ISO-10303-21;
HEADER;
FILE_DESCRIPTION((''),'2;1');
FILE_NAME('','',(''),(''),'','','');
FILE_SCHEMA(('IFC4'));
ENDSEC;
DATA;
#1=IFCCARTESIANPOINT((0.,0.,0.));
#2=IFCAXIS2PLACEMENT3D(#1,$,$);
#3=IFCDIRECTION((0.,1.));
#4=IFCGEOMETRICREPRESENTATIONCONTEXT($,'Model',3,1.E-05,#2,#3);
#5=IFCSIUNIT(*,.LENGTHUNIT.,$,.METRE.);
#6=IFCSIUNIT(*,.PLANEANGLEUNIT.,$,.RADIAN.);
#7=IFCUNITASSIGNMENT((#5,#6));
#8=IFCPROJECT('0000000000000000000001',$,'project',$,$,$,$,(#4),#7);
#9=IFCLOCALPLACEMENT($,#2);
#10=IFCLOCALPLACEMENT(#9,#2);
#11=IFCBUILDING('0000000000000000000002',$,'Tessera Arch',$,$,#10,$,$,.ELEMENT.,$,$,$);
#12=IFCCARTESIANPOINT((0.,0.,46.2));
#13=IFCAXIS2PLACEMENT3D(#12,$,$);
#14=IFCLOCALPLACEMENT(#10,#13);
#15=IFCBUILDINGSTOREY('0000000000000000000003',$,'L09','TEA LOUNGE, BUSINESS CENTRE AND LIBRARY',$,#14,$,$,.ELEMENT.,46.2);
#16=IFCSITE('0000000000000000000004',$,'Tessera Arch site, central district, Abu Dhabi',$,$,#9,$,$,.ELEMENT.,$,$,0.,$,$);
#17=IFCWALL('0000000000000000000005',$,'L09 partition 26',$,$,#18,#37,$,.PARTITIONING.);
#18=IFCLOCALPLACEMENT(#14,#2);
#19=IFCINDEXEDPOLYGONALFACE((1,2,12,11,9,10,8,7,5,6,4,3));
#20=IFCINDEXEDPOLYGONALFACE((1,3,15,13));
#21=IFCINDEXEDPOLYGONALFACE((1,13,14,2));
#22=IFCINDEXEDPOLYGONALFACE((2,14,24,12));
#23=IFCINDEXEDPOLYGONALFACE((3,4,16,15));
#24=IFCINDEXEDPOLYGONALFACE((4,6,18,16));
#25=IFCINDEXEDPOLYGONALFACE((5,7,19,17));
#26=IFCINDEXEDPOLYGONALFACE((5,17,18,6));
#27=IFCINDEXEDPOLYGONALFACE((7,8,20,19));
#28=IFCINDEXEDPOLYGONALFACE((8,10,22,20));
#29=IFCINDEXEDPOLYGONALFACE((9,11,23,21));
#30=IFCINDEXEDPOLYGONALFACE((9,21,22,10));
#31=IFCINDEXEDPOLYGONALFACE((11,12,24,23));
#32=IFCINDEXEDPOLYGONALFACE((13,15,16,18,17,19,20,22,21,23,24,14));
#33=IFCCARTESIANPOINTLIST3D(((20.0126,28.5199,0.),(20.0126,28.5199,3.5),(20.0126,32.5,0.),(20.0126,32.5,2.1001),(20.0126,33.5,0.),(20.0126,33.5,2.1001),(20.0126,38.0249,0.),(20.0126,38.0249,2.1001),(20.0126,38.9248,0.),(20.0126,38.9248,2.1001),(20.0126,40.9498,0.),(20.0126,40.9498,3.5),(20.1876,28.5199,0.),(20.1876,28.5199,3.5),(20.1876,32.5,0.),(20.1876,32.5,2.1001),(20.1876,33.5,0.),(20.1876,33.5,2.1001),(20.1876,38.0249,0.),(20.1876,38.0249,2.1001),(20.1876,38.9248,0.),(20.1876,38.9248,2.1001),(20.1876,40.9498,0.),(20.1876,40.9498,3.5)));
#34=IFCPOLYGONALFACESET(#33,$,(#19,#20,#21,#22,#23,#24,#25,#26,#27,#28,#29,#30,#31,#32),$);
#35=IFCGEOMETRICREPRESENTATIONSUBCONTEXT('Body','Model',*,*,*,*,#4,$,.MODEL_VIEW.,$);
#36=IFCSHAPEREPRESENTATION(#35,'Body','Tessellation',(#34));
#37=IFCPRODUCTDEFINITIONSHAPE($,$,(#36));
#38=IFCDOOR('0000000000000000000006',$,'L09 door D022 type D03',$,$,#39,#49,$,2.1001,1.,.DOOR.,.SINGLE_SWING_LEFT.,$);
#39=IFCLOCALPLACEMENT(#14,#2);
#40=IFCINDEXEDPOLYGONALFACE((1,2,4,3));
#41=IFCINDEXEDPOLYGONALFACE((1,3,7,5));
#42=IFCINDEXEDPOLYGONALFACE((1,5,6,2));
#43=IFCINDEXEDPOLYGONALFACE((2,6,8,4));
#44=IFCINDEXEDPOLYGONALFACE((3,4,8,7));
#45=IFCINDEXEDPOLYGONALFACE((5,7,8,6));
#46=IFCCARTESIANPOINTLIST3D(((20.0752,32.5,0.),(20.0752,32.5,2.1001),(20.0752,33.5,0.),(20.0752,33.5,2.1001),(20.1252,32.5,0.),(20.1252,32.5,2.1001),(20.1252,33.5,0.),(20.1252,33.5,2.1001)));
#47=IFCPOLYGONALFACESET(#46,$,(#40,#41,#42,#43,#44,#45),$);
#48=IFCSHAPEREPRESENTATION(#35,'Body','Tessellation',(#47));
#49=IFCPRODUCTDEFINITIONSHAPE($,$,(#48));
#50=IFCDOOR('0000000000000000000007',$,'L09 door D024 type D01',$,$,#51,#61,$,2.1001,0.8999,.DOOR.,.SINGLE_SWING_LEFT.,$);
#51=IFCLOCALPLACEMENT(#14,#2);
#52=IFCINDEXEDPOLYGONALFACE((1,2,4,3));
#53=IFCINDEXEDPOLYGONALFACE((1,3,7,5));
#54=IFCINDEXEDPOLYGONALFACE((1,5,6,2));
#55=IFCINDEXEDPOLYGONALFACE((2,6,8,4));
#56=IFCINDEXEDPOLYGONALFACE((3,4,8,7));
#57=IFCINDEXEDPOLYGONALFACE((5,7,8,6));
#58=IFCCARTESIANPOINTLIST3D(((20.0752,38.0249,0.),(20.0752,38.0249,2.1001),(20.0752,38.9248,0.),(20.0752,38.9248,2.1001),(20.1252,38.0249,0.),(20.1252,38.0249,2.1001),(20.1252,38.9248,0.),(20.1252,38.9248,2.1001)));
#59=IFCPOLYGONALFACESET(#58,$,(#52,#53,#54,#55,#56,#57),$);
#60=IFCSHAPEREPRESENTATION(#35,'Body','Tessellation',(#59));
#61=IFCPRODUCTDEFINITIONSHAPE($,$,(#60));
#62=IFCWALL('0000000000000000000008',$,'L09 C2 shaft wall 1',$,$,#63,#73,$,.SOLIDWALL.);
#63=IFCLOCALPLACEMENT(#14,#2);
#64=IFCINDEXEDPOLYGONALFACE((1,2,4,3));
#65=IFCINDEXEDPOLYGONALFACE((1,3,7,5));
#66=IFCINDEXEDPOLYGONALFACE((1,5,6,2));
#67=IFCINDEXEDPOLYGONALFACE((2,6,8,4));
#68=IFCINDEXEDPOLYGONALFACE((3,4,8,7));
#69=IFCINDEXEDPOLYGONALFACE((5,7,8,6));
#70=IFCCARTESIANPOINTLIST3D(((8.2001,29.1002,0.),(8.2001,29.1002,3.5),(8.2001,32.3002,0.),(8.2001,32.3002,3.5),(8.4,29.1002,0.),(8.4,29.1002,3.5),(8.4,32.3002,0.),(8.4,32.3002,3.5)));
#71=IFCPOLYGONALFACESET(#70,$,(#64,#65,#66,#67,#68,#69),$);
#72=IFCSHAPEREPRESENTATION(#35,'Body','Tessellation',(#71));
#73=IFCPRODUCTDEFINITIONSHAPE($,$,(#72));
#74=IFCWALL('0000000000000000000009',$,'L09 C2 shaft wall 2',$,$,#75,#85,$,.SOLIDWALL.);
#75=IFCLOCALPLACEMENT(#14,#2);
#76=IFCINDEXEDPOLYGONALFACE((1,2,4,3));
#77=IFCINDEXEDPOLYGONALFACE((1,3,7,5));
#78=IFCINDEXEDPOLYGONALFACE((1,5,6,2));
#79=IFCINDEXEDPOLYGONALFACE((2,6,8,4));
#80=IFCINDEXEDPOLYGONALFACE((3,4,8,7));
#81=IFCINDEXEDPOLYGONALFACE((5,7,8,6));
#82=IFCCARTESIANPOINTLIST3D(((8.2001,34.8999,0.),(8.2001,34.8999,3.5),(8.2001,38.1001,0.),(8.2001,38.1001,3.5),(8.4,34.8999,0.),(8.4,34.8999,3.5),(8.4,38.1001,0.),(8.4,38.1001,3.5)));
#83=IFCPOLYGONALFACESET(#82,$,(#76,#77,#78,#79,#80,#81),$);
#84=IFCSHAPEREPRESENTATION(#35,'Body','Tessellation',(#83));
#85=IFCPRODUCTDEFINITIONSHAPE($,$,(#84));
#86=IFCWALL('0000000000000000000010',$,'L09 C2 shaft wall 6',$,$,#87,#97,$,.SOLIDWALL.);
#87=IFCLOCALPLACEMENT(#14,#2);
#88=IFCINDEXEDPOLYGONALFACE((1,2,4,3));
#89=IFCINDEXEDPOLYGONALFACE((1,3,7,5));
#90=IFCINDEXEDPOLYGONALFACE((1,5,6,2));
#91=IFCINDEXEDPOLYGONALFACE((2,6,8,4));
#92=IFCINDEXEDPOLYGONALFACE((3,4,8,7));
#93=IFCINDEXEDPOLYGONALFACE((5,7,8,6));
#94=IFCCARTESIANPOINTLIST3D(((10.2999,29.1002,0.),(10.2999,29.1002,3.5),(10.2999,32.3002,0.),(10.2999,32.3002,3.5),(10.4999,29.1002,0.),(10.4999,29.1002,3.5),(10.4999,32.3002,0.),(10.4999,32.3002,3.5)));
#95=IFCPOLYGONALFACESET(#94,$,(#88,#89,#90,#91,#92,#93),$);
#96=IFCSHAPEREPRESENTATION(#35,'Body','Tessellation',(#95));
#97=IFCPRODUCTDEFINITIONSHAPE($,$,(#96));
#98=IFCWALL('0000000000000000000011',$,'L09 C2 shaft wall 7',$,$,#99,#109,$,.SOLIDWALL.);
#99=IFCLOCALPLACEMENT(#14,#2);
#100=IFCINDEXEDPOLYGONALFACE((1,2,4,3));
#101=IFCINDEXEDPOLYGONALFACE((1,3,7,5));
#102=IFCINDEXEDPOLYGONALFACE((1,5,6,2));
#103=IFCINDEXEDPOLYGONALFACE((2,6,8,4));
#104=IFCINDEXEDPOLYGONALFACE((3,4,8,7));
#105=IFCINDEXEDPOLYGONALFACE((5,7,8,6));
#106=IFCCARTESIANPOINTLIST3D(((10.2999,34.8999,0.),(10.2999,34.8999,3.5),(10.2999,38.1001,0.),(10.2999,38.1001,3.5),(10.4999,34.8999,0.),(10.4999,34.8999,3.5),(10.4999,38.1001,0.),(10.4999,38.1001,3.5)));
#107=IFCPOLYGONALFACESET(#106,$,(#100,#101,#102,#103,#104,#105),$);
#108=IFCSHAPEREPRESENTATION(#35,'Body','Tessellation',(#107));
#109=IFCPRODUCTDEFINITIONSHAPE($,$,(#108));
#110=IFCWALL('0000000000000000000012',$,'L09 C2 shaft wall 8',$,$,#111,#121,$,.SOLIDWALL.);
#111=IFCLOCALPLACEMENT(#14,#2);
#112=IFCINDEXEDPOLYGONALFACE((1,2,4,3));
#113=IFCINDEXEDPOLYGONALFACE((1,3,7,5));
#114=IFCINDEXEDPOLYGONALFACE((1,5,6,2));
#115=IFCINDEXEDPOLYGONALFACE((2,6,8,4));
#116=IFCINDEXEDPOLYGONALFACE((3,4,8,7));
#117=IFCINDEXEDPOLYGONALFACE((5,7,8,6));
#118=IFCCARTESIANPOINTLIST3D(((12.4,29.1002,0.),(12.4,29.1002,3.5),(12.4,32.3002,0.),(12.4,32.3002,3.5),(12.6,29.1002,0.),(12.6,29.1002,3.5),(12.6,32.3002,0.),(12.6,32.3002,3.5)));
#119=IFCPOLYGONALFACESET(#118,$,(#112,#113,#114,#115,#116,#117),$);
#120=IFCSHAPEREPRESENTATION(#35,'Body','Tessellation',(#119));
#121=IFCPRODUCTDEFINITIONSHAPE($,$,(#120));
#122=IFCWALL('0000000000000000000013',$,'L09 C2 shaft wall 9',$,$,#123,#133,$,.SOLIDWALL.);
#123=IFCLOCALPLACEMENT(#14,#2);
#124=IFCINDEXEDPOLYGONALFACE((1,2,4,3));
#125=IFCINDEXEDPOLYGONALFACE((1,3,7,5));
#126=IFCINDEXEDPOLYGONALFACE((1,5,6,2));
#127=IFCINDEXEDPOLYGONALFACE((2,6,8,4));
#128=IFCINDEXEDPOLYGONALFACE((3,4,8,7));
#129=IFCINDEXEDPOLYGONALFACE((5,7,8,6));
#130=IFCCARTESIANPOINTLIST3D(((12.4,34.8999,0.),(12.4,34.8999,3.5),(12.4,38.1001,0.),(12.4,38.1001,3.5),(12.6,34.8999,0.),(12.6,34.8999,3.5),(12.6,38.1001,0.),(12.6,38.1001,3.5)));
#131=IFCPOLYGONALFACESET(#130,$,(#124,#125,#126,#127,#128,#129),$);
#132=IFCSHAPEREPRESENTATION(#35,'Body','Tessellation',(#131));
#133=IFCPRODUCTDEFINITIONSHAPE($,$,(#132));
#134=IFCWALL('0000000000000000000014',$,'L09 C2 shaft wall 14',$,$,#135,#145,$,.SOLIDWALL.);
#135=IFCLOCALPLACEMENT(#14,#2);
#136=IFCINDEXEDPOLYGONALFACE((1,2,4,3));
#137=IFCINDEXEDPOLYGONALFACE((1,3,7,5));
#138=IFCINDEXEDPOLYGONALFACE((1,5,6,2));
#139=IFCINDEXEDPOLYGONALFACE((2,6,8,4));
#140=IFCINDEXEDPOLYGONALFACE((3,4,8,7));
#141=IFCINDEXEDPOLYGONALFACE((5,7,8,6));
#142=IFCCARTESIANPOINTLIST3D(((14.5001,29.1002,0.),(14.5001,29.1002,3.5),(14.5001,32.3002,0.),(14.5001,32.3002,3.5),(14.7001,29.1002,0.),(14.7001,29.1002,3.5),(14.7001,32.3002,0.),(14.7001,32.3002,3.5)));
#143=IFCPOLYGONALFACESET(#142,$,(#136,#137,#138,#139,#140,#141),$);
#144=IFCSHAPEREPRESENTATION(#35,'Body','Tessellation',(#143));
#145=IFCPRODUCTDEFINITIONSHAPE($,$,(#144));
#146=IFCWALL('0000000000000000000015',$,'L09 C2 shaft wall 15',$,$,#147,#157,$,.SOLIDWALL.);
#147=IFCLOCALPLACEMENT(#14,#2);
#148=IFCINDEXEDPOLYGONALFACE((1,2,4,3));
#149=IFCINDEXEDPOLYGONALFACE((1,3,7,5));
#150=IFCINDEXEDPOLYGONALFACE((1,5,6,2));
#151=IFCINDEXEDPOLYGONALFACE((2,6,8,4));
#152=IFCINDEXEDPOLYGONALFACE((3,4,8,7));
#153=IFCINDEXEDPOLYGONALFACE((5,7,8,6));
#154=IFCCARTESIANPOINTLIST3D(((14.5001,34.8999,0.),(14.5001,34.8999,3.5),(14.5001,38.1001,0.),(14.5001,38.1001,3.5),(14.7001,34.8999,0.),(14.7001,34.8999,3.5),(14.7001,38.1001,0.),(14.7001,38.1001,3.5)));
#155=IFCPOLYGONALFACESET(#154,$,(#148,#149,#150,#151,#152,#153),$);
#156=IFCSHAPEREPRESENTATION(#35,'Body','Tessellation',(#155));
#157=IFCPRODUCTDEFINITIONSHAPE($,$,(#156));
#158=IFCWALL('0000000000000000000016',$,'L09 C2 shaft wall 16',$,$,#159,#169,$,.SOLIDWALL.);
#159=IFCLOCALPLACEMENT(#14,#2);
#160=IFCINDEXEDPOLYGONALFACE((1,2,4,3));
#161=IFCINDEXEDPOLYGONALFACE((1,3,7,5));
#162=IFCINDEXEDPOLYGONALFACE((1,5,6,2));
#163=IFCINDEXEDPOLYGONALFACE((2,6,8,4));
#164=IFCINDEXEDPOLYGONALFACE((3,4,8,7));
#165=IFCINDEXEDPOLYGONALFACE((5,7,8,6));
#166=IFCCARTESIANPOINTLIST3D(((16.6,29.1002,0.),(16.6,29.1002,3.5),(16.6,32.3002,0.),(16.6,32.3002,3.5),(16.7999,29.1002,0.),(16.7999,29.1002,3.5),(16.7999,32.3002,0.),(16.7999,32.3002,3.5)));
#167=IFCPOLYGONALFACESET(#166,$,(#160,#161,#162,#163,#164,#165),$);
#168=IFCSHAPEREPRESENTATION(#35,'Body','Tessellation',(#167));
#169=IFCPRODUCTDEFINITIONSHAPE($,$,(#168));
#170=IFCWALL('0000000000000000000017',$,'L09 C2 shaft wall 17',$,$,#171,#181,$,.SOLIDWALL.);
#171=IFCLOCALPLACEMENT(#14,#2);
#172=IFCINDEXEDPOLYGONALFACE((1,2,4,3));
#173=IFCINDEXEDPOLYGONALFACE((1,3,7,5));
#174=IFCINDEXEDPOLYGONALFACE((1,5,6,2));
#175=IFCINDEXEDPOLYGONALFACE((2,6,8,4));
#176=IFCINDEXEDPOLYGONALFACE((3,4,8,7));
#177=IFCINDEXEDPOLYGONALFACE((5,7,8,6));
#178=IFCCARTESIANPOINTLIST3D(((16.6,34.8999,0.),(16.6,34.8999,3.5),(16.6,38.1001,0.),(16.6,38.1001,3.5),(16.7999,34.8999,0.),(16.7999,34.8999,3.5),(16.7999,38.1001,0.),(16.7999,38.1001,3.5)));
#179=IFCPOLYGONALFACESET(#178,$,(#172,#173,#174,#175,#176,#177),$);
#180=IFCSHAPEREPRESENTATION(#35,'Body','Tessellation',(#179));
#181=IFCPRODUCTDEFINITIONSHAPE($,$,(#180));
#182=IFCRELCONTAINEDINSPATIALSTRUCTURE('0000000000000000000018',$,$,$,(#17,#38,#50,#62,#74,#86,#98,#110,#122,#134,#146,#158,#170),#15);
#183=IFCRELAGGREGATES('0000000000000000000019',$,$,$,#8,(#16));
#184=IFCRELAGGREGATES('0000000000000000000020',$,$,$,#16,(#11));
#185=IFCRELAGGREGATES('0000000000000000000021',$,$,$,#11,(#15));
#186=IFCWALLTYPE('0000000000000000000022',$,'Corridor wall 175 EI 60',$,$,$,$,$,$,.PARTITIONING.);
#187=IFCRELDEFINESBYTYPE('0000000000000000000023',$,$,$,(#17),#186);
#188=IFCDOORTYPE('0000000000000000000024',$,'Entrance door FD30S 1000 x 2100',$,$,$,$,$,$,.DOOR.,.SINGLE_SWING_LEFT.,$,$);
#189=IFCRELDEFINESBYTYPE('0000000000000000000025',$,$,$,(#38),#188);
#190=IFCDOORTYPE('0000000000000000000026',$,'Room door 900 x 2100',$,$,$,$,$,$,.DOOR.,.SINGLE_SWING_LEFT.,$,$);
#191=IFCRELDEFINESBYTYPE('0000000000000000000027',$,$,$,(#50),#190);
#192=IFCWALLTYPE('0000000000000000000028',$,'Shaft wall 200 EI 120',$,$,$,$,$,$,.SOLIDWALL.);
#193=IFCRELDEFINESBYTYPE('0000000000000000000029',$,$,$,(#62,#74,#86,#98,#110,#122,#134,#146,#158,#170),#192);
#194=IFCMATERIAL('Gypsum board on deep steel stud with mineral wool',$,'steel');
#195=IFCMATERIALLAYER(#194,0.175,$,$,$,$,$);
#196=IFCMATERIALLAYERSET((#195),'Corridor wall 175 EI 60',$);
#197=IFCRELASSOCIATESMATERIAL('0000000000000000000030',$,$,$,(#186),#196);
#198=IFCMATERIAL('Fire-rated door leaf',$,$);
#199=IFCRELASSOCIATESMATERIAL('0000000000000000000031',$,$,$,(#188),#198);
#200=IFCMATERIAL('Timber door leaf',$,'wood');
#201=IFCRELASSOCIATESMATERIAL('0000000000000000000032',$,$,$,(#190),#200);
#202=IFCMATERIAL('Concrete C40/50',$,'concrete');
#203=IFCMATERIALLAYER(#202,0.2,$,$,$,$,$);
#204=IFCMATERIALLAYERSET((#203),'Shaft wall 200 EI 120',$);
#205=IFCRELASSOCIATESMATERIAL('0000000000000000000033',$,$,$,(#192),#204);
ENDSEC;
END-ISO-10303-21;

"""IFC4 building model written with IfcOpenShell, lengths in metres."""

from ifc_helpers import new_model, si_unit, direction, frame, frame_2d, origin, place, context, subcontext, project, spatial, rectangle, extrude, material, layer, layer_set, type_object, element, fill, save


model = new_model("IFC4")

# Units and contexts
model_context = context("Model", 3, precision=1e-05, world=origin(), true_north=direction((0.0, 1.0)))
body_context = subcontext(model_context, "Body", "Model", "MODEL_VIEW")
ifc_project = project(units=[si_unit("LENGTHUNIT", "METRE"), si_unit("PLANEANGLEUNIT", "RADIAN")], contexts=[model_context])

# Site, building, storey
site_placement = place(None, origin())
site = spatial("IfcSite", under=ifc_project, at=site_placement, Name="Tessera Arch site, central district, Abu Dhabi", CompositionType="ELEMENT", RefElevation=0.0)
building_placement = place(site_placement, origin())
building = spatial("IfcBuilding", under=site, at=building_placement, Name="Tessera Arch", CompositionType="ELEMENT")
storey_placement = place(building_placement, frame((0.0, 0.0, 46.2)))
storey = spatial("IfcBuildingStorey", under=building, at=storey_placement, Name="L09", Description="TEA LOUNGE, BUSINESS CENTRE AND LIBRARY", CompositionType="ELEMENT", Elevation=46.2)

# Shared definitions
ifc_material_1 = material(Name="Gypsum board on deep steel stud with mineral wool", Category="steel")
ifc_layer_1 = layer(ifc_material_1, 0.175)
ifc_layer_set_1 = layer_set([ifc_layer_1], Name="Corridor wall 175 EI 60")
wall_type_1 = type_object("IfcWallType", Name="Corridor wall 175 EI 60", PredefinedType="PARTITIONING", material=ifc_layer_set_1)

# Wall, openings, doors
wall_1_placement = place(storey_placement, frame((20.1001, 28.52, 0.0), z_axis=(0.0, 0.0, 1.0), x_axis=(0.0, 1.0, 0.0)))
wall_1 = element("IfcWall", 1, at=wall_1_placement, inside=storey, type_object=wall_type_1, Name="L09 partition 26", PredefinedType="PARTITIONING", context=body_context, shape_type="SweptSolid", body=[
    extrude(rectangle(XDim=12.4299, YDim=0.175, at=frame_2d((6.2148, 0.0))), origin(), (0.0, 0.0, 1.0), 3.5),
])
opening_1_placement = place(wall_1_placement, frame((3.98, 0.0, 0.0)))
opening_1 = element("IfcOpeningElement", 2, at=opening_1_placement, cuts=wall_1, PredefinedType="OPENING", context=body_context, shape_type="SweptSolid", body=[
    extrude(rectangle(XDim=1.0, YDim=2.1001, at=frame_2d((0.5, 1.05))), frame((0.0, 0.0974, 0.0), z_axis=(0.0, -1.0, 0.0), x_axis=(1.0, 0.0, 0.0)), (0.0, 0.0, 1.0), 0.1951),
])
opening_2_placement = place(wall_1_placement, frame((9.5049, 0.0, 0.0)))
opening_2 = element("IfcOpeningElement", 3, at=opening_2_placement, cuts=wall_1, PredefinedType="OPENING", context=body_context, shape_type="SweptSolid", body=[
    extrude(rectangle(XDim=0.8999, YDim=2.1001, at=frame_2d((0.45, 1.05))), frame((0.0, 0.0974, 0.0), z_axis=(0.0, -1.0, 0.0), x_axis=(1.0, 0.0, 0.0)), (0.0, 0.0, 1.0), 0.1951),
])
ifc_material_2 = material(Name="Fire-rated door leaf")
door_type_1 = type_object("IfcDoorType", Name="Entrance door FD30S 1000 x 2100", OperationType="SINGLE_SWING_LEFT", PredefinedType="DOOR", material=ifc_material_2)
door_1_placement = place(opening_1_placement, origin())
door_1 = element("IfcDoor", 4, at=door_1_placement, inside=storey, type_object=door_type_1, Name="L09 door D022 type D03", OperationType="SINGLE_SWING_LEFT", OverallHeight=2.1001, OverallWidth=1.0, PredefinedType="DOOR", context=body_context, shape_type="SweptSolid", body=[
    extrude(rectangle(XDim=1.0, YDim=2.1001, at=frame_2d((0.5, 1.05))), frame((0.0, 0.0249, 0.0), z_axis=(0.0, -1.0, 0.0), x_axis=(1.0, 0.0, 0.0)), (0.0, 0.0, 1.0), 0.05),
])
fill(opening_1, door_1)
ifc_material_3 = material(Name="Timber door leaf", Category="wood")
door_type_2 = type_object("IfcDoorType", Name="Room door 900 x 2100", OperationType="SINGLE_SWING_LEFT", PredefinedType="DOOR", material=ifc_material_3)
door_2_placement = place(opening_2_placement, origin())
door_2 = element("IfcDoor", 5, at=door_2_placement, inside=storey, type_object=door_type_2, Name="L09 door D024 type D01", OperationType="SINGLE_SWING_LEFT", OverallHeight=2.1001, OverallWidth=0.8999, PredefinedType="DOOR", context=body_context, shape_type="SweptSolid", body=[
    extrude(rectangle(XDim=0.8999, YDim=2.1001, at=frame_2d((0.45, 1.05))), frame((0.0, 0.0249, 0.0), z_axis=(0.0, -1.0, 0.0), x_axis=(1.0, 0.0, 0.0)), (0.0, 0.0, 1.0), 0.05),
])
fill(opening_2, door_2)

# Walls
ifc_material_4 = material(Name="Concrete C40/50", Category="concrete")
ifc_layer_2 = layer(ifc_material_4, 0.2)
ifc_layer_set_2 = layer_set([ifc_layer_2], Name="Shaft wall 200 EI 120")
wall_type_2 = type_object("IfcWallType", Name="Shaft wall 200 EI 120", PredefinedType="SOLIDWALL", material=ifc_layer_set_2)
wall_2_placement = place(storey_placement, frame((8.3, 29.1001, 0.0), z_axis=(0.0, 0.0, 1.0), x_axis=(0.0, 1.0, 0.0)))
element("IfcWall", 6, at=wall_2_placement, inside=storey, type_object=wall_type_2, Name="L09 C2 shaft wall 1", PredefinedType="SOLIDWALL", context=body_context, shape_type="SweptSolid", body=[
    extrude(rectangle(XDim=3.2, YDim=0.2, at=frame_2d((1.6001, 0.0))), origin(), (0.0, 0.0, 1.0), 3.5),
])
wall_3_placement = place(storey_placement, frame((8.3, 34.8999, 0.0), z_axis=(0.0, 0.0, 1.0), x_axis=(0.0, 1.0, 0.0)))
element("IfcWall", 7, at=wall_3_placement, inside=storey, type_object=wall_type_2, Name="L09 C2 shaft wall 2", PredefinedType="SOLIDWALL", context=body_context, shape_type="SweptSolid", body=[
    extrude(rectangle(XDim=3.2002, YDim=0.2, at=frame_2d((1.6001, 0.0))), origin(), (0.0, 0.0, 1.0), 3.5),
])
wall_4_placement = place(storey_placement, frame((10.3999, 29.1001, 0.0), z_axis=(0.0, 0.0, 1.0), x_axis=(0.0, 1.0, 0.0)))
element("IfcWall", 8, at=wall_4_placement, inside=storey, type_object=wall_type_2, Name="L09 C2 shaft wall 6", PredefinedType="SOLIDWALL", context=body_context, shape_type="SweptSolid", body=[
    extrude(rectangle(XDim=3.2, YDim=0.2, at=frame_2d((1.6001, 0.0))), origin(), (0.0, 0.0, 1.0), 3.5),
])
wall_5_placement = place(storey_placement, frame((10.3999, 34.8999, 0.0), z_axis=(0.0, 0.0, 1.0), x_axis=(0.0, 1.0, 0.0)))
element("IfcWall", 9, at=wall_5_placement, inside=storey, type_object=wall_type_2, Name="L09 C2 shaft wall 7", PredefinedType="SOLIDWALL", context=body_context, shape_type="SweptSolid", body=[
    extrude(rectangle(XDim=3.2002, YDim=0.2, at=frame_2d((1.6001, 0.0))), origin(), (0.0, 0.0, 1.0), 3.5),
])
wall_6_placement = place(storey_placement, frame((12.5, 29.1001, 0.0), z_axis=(0.0, 0.0, 1.0), x_axis=(0.0, 1.0, 0.0)))
element("IfcWall", 10, at=wall_6_placement, inside=storey, type_object=wall_type_2, Name="L09 C2 shaft wall 8", PredefinedType="SOLIDWALL", context=body_context, shape_type="SweptSolid", body=[
    extrude(rectangle(XDim=3.2, YDim=0.2, at=frame_2d((1.6001, 0.0))), origin(), (0.0, 0.0, 1.0), 3.5),
])
wall_7_placement = place(storey_placement, frame((12.5, 34.8999, 0.0), z_axis=(0.0, 0.0, 1.0), x_axis=(0.0, 1.0, 0.0)))
element("IfcWall", 11, at=wall_7_placement, inside=storey, type_object=wall_type_2, Name="L09 C2 shaft wall 9", PredefinedType="SOLIDWALL", context=body_context, shape_type="SweptSolid", body=[
    extrude(rectangle(XDim=3.2002, YDim=0.2, at=frame_2d((1.6001, 0.0))), origin(), (0.0, 0.0, 1.0), 3.5),
])
wall_8_placement = place(storey_placement, frame((14.6001, 29.1001, 0.0), z_axis=(0.0, 0.0, 1.0), x_axis=(0.0, 1.0, 0.0)))
element("IfcWall", 12, at=wall_8_placement, inside=storey, type_object=wall_type_2, Name="L09 C2 shaft wall 14", PredefinedType="SOLIDWALL", context=body_context, shape_type="SweptSolid", body=[
    extrude(rectangle(XDim=3.2, YDim=0.2, at=frame_2d((1.6001, 0.0))), origin(), (0.0, 0.0, 1.0), 3.5),
])
wall_9_placement = place(storey_placement, frame((14.6001, 34.8999, 0.0), z_axis=(0.0, 0.0, 1.0), x_axis=(0.0, 1.0, 0.0)))
element("IfcWall", 13, at=wall_9_placement, inside=storey, type_object=wall_type_2, Name="L09 C2 shaft wall 15", PredefinedType="SOLIDWALL", context=body_context, shape_type="SweptSolid", body=[
    extrude(rectangle(XDim=3.2002, YDim=0.2, at=frame_2d((1.6001, 0.0))), origin(), (0.0, 0.0, 1.0), 3.5),
])
wall_10_placement = place(storey_placement, frame((16.7, 29.1001, 0.0), z_axis=(0.0, 0.0, 1.0), x_axis=(0.0, 1.0, 0.0)))
element("IfcWall", 14, at=wall_10_placement, inside=storey, type_object=wall_type_2, Name="L09 C2 shaft wall 16", PredefinedType="SOLIDWALL", context=body_context, shape_type="SweptSolid", body=[
    extrude(rectangle(XDim=3.2, YDim=0.2, at=frame_2d((1.6001, 0.0))), origin(), (0.0, 0.0, 1.0), 3.5),
])
wall_11_placement = place(storey_placement, frame((16.7, 34.8999, 0.0), z_axis=(0.0, 0.0, 1.0), x_axis=(0.0, 1.0, 0.0)))
element("IfcWall", 15, at=wall_11_placement, inside=storey, type_object=wall_type_2, Name="L09 C2 shaft wall 17", PredefinedType="SOLIDWALL", context=body_context, shape_type="SweptSolid", body=[
    extrude(rectangle(XDim=3.2002, YDim=0.2, at=frame_2d((1.6001, 0.0))), origin(), (0.0, 0.0, 1.0), 3.5),
])

save(model, "model.ifc")
